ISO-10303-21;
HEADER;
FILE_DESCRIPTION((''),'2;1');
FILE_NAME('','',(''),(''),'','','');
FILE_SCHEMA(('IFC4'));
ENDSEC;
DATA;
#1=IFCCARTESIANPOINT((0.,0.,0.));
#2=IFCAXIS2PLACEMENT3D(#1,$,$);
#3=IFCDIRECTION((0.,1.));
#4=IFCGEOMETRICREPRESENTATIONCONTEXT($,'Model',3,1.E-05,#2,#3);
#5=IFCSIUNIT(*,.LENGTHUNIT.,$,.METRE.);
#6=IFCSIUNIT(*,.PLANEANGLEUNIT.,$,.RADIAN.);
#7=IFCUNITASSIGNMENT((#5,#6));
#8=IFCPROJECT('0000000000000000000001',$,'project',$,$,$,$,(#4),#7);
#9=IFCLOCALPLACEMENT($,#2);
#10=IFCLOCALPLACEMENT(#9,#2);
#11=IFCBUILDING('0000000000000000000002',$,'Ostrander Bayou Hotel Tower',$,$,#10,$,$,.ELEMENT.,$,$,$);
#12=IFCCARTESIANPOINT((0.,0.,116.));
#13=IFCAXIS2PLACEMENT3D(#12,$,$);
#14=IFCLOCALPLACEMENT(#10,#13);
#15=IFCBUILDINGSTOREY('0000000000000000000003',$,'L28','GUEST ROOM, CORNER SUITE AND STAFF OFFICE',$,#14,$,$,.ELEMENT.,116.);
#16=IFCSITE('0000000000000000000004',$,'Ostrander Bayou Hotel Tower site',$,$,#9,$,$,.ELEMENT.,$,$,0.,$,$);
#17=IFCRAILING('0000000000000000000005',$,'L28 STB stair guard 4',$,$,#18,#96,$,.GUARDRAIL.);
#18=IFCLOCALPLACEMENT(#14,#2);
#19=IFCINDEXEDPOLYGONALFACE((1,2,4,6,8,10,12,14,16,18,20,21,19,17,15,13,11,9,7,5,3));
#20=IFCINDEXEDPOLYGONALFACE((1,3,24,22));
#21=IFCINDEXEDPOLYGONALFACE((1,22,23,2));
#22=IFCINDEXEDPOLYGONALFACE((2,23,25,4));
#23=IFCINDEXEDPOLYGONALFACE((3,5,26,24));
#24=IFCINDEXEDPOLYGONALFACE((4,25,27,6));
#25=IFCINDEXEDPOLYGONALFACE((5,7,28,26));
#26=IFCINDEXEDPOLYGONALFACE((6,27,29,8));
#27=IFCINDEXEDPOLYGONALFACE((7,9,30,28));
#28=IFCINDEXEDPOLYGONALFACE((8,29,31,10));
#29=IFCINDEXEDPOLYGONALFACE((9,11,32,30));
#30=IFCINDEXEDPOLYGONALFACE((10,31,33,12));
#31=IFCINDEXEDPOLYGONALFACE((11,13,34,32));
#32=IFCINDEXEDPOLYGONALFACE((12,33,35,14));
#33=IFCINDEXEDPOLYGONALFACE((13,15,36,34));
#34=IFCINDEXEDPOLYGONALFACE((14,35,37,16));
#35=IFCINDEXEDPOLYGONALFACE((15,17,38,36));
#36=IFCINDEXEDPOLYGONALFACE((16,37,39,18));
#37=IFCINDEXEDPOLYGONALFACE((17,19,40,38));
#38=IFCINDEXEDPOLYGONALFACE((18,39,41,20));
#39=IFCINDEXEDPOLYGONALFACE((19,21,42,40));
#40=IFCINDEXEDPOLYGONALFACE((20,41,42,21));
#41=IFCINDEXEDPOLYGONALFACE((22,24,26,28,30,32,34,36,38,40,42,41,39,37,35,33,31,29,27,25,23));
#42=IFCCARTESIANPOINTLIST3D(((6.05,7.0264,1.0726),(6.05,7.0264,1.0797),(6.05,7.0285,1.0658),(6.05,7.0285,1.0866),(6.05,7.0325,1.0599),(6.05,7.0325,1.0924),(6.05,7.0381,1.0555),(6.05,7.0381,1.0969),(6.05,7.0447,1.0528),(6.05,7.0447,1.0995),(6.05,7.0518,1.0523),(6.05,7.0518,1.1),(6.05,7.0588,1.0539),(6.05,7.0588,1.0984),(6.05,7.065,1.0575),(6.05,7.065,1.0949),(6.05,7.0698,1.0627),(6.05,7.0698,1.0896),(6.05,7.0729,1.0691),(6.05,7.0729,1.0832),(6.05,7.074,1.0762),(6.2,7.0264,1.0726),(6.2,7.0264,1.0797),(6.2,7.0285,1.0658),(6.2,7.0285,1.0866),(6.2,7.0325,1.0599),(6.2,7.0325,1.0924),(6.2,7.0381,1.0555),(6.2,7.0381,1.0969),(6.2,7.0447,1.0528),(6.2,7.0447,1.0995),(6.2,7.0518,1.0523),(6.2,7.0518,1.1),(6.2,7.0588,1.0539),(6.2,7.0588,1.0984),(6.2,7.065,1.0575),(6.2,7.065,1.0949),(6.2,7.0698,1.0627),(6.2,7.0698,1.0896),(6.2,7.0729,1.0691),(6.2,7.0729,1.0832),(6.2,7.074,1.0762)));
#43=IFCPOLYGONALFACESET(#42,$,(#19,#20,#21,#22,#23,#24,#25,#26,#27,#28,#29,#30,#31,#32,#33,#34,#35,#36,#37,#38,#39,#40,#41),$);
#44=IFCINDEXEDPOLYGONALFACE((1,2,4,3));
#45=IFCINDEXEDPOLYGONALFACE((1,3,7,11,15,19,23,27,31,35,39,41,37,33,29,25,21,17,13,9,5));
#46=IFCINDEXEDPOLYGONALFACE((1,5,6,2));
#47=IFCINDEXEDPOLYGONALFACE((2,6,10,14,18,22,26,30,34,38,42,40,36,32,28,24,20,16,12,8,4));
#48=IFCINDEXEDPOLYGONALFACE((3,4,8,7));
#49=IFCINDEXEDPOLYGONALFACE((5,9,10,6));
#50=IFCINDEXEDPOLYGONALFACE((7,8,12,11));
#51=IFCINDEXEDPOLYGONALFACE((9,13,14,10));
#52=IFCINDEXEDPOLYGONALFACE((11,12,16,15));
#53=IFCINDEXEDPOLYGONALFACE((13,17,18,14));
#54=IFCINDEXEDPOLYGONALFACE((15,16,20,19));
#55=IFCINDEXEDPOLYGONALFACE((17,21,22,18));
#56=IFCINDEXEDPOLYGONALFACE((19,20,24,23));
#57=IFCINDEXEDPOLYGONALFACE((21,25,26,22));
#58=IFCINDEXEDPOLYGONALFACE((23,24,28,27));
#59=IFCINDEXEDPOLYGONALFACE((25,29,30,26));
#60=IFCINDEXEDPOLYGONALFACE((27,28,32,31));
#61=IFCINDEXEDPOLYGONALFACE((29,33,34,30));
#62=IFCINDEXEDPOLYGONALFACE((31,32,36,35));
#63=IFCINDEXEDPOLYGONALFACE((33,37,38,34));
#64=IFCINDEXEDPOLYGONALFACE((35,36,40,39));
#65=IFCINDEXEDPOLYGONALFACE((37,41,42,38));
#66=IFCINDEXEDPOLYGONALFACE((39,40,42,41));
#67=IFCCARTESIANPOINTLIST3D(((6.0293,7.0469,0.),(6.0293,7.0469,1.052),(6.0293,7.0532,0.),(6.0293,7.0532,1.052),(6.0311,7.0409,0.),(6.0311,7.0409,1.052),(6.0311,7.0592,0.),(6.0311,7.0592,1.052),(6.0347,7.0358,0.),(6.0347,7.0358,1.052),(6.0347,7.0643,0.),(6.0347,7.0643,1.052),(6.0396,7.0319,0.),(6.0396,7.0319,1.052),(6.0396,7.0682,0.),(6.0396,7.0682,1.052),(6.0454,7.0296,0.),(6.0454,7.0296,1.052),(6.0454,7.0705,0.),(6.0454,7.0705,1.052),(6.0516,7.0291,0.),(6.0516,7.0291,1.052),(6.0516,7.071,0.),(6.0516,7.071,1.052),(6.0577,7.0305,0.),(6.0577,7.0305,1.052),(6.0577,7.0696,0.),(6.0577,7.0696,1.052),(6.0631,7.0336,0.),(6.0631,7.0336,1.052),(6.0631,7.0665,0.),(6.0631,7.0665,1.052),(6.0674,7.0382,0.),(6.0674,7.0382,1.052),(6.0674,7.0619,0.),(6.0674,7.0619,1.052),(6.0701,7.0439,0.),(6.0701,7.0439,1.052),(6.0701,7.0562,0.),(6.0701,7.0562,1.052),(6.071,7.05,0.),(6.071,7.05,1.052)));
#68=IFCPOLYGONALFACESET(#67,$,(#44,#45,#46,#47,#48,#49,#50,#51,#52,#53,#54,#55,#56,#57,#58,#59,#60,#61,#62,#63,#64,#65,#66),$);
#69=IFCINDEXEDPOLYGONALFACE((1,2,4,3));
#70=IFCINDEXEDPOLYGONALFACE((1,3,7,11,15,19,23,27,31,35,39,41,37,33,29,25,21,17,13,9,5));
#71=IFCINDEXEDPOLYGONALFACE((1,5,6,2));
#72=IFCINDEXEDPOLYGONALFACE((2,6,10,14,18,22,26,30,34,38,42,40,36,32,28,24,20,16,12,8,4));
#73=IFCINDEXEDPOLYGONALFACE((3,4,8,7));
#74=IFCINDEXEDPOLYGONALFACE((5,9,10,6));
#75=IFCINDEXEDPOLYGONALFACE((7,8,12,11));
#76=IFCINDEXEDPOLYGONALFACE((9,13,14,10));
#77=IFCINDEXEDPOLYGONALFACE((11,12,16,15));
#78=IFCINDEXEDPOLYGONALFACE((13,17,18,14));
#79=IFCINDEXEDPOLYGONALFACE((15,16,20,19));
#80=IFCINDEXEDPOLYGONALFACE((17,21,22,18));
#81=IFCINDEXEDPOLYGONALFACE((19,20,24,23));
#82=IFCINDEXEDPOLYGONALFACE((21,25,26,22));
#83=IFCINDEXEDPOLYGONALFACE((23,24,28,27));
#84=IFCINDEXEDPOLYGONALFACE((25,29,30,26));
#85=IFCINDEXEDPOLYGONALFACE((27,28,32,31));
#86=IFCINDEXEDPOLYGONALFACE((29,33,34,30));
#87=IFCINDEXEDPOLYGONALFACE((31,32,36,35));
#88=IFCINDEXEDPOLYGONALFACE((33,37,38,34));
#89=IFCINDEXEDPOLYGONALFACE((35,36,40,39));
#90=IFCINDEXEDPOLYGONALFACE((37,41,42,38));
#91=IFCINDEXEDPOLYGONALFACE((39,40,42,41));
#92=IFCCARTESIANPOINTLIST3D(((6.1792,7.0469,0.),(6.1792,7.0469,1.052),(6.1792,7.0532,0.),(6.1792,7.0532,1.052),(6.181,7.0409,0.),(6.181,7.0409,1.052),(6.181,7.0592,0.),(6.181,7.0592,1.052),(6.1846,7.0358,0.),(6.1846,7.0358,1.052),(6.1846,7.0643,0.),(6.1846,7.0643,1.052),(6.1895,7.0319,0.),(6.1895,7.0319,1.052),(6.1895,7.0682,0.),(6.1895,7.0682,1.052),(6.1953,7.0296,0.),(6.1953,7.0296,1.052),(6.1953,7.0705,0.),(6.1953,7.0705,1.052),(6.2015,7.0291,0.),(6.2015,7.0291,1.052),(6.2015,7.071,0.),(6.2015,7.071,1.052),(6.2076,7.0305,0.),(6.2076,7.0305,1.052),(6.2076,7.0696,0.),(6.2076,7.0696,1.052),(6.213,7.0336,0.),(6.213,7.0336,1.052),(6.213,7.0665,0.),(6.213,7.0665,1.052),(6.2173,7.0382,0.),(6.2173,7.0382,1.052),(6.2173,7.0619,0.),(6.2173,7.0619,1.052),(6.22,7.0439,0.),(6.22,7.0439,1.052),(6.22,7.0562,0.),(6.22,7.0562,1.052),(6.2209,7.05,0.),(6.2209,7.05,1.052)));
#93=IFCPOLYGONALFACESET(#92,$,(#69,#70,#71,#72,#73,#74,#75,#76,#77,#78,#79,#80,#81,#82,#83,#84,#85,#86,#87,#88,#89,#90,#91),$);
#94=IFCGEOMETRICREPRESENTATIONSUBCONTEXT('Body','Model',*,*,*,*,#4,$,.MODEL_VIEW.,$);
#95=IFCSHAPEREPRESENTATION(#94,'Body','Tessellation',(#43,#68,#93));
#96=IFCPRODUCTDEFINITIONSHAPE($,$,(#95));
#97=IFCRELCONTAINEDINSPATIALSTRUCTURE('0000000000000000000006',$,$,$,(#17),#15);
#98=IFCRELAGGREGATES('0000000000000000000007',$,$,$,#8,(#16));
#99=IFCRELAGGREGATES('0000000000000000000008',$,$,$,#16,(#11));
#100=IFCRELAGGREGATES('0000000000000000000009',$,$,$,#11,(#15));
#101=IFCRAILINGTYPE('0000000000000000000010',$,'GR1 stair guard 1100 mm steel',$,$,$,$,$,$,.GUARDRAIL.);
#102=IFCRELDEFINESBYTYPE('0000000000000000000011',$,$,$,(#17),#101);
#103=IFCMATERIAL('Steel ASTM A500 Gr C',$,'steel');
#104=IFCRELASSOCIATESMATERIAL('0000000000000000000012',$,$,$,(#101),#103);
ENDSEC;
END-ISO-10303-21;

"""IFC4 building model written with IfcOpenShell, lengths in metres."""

from ifc_helpers import new_model, si_unit, direction, frame, origin, origin_2d, place, context, subcontext, project, spatial, circle, extrude, material, type_object, element, save


model = new_model("IFC4")

# Units and contexts
model_context = context("Model", 3, precision=1e-05, world=origin(), true_north=direction((0.0, 1.0)))
body_context = subcontext(model_context, "Body", "Model", "MODEL_VIEW")
ifc_project = project(units=[si_unit("LENGTHUNIT", "METRE"), si_unit("PLANEANGLEUNIT", "RADIAN")], contexts=[model_context])

# Site, building, storey
site_placement = place(None, origin())
site = spatial("IfcSite", under=ifc_project, at=site_placement, Name="Ostrander Bayou Hotel Tower site", CompositionType="ELEMENT", RefElevation=0.0)
building_placement = place(site_placement, origin())
building = spatial("IfcBuilding", under=site, at=building_placement, Name="Ostrander Bayou Hotel Tower", CompositionType="ELEMENT")
storey_placement = place(building_placement, frame((0.0, 0.0, 116.0)))
storey = spatial("IfcBuildingStorey", under=building, at=storey_placement, Name="L28", Description="GUEST ROOM, CORNER SUITE AND STAFF OFFICE", CompositionType="ELEMENT", Elevation=116.0)

# Railing
ifc_material_1 = material(Name="Steel ASTM A500 Gr C", Category="steel")
railing_type_1 = type_object("IfcRailingType", Name="GR1 stair guard 1100 mm steel", PredefinedType="GUARDRAIL", material=ifc_material_1)
railing_1_placement = place(storey_placement, frame((6.05, 7.05, 0.0)))
element("IfcRailing", 1, at=railing_1_placement, inside=storey, type_object=railing_type_1, Name="L28 STB stair guard 4", PredefinedType="GUARDRAIL", context=body_context, shape_type="SweptSolid", body=[
    extrude(circle(Radius=0.0239, at=origin_2d()), frame((0.0, 0.0, 1.0762), z_axis=(1.0, 0.0, 0.0), x_axis=(0.0, 1.0, 0.0)), (0.0, 0.0, 1.0), 0.1499),
    extrude(circle(Radius=0.021, at=origin_2d()), origin(), (0.0, 0.0, 1.0), 1.052),
    extrude(circle(Radius=0.021, at=origin_2d()), frame((0.1499, 0.0, 0.0)), (0.0, 0.0, 1.0), 1.052),
])

save(model, "model.ifc")
